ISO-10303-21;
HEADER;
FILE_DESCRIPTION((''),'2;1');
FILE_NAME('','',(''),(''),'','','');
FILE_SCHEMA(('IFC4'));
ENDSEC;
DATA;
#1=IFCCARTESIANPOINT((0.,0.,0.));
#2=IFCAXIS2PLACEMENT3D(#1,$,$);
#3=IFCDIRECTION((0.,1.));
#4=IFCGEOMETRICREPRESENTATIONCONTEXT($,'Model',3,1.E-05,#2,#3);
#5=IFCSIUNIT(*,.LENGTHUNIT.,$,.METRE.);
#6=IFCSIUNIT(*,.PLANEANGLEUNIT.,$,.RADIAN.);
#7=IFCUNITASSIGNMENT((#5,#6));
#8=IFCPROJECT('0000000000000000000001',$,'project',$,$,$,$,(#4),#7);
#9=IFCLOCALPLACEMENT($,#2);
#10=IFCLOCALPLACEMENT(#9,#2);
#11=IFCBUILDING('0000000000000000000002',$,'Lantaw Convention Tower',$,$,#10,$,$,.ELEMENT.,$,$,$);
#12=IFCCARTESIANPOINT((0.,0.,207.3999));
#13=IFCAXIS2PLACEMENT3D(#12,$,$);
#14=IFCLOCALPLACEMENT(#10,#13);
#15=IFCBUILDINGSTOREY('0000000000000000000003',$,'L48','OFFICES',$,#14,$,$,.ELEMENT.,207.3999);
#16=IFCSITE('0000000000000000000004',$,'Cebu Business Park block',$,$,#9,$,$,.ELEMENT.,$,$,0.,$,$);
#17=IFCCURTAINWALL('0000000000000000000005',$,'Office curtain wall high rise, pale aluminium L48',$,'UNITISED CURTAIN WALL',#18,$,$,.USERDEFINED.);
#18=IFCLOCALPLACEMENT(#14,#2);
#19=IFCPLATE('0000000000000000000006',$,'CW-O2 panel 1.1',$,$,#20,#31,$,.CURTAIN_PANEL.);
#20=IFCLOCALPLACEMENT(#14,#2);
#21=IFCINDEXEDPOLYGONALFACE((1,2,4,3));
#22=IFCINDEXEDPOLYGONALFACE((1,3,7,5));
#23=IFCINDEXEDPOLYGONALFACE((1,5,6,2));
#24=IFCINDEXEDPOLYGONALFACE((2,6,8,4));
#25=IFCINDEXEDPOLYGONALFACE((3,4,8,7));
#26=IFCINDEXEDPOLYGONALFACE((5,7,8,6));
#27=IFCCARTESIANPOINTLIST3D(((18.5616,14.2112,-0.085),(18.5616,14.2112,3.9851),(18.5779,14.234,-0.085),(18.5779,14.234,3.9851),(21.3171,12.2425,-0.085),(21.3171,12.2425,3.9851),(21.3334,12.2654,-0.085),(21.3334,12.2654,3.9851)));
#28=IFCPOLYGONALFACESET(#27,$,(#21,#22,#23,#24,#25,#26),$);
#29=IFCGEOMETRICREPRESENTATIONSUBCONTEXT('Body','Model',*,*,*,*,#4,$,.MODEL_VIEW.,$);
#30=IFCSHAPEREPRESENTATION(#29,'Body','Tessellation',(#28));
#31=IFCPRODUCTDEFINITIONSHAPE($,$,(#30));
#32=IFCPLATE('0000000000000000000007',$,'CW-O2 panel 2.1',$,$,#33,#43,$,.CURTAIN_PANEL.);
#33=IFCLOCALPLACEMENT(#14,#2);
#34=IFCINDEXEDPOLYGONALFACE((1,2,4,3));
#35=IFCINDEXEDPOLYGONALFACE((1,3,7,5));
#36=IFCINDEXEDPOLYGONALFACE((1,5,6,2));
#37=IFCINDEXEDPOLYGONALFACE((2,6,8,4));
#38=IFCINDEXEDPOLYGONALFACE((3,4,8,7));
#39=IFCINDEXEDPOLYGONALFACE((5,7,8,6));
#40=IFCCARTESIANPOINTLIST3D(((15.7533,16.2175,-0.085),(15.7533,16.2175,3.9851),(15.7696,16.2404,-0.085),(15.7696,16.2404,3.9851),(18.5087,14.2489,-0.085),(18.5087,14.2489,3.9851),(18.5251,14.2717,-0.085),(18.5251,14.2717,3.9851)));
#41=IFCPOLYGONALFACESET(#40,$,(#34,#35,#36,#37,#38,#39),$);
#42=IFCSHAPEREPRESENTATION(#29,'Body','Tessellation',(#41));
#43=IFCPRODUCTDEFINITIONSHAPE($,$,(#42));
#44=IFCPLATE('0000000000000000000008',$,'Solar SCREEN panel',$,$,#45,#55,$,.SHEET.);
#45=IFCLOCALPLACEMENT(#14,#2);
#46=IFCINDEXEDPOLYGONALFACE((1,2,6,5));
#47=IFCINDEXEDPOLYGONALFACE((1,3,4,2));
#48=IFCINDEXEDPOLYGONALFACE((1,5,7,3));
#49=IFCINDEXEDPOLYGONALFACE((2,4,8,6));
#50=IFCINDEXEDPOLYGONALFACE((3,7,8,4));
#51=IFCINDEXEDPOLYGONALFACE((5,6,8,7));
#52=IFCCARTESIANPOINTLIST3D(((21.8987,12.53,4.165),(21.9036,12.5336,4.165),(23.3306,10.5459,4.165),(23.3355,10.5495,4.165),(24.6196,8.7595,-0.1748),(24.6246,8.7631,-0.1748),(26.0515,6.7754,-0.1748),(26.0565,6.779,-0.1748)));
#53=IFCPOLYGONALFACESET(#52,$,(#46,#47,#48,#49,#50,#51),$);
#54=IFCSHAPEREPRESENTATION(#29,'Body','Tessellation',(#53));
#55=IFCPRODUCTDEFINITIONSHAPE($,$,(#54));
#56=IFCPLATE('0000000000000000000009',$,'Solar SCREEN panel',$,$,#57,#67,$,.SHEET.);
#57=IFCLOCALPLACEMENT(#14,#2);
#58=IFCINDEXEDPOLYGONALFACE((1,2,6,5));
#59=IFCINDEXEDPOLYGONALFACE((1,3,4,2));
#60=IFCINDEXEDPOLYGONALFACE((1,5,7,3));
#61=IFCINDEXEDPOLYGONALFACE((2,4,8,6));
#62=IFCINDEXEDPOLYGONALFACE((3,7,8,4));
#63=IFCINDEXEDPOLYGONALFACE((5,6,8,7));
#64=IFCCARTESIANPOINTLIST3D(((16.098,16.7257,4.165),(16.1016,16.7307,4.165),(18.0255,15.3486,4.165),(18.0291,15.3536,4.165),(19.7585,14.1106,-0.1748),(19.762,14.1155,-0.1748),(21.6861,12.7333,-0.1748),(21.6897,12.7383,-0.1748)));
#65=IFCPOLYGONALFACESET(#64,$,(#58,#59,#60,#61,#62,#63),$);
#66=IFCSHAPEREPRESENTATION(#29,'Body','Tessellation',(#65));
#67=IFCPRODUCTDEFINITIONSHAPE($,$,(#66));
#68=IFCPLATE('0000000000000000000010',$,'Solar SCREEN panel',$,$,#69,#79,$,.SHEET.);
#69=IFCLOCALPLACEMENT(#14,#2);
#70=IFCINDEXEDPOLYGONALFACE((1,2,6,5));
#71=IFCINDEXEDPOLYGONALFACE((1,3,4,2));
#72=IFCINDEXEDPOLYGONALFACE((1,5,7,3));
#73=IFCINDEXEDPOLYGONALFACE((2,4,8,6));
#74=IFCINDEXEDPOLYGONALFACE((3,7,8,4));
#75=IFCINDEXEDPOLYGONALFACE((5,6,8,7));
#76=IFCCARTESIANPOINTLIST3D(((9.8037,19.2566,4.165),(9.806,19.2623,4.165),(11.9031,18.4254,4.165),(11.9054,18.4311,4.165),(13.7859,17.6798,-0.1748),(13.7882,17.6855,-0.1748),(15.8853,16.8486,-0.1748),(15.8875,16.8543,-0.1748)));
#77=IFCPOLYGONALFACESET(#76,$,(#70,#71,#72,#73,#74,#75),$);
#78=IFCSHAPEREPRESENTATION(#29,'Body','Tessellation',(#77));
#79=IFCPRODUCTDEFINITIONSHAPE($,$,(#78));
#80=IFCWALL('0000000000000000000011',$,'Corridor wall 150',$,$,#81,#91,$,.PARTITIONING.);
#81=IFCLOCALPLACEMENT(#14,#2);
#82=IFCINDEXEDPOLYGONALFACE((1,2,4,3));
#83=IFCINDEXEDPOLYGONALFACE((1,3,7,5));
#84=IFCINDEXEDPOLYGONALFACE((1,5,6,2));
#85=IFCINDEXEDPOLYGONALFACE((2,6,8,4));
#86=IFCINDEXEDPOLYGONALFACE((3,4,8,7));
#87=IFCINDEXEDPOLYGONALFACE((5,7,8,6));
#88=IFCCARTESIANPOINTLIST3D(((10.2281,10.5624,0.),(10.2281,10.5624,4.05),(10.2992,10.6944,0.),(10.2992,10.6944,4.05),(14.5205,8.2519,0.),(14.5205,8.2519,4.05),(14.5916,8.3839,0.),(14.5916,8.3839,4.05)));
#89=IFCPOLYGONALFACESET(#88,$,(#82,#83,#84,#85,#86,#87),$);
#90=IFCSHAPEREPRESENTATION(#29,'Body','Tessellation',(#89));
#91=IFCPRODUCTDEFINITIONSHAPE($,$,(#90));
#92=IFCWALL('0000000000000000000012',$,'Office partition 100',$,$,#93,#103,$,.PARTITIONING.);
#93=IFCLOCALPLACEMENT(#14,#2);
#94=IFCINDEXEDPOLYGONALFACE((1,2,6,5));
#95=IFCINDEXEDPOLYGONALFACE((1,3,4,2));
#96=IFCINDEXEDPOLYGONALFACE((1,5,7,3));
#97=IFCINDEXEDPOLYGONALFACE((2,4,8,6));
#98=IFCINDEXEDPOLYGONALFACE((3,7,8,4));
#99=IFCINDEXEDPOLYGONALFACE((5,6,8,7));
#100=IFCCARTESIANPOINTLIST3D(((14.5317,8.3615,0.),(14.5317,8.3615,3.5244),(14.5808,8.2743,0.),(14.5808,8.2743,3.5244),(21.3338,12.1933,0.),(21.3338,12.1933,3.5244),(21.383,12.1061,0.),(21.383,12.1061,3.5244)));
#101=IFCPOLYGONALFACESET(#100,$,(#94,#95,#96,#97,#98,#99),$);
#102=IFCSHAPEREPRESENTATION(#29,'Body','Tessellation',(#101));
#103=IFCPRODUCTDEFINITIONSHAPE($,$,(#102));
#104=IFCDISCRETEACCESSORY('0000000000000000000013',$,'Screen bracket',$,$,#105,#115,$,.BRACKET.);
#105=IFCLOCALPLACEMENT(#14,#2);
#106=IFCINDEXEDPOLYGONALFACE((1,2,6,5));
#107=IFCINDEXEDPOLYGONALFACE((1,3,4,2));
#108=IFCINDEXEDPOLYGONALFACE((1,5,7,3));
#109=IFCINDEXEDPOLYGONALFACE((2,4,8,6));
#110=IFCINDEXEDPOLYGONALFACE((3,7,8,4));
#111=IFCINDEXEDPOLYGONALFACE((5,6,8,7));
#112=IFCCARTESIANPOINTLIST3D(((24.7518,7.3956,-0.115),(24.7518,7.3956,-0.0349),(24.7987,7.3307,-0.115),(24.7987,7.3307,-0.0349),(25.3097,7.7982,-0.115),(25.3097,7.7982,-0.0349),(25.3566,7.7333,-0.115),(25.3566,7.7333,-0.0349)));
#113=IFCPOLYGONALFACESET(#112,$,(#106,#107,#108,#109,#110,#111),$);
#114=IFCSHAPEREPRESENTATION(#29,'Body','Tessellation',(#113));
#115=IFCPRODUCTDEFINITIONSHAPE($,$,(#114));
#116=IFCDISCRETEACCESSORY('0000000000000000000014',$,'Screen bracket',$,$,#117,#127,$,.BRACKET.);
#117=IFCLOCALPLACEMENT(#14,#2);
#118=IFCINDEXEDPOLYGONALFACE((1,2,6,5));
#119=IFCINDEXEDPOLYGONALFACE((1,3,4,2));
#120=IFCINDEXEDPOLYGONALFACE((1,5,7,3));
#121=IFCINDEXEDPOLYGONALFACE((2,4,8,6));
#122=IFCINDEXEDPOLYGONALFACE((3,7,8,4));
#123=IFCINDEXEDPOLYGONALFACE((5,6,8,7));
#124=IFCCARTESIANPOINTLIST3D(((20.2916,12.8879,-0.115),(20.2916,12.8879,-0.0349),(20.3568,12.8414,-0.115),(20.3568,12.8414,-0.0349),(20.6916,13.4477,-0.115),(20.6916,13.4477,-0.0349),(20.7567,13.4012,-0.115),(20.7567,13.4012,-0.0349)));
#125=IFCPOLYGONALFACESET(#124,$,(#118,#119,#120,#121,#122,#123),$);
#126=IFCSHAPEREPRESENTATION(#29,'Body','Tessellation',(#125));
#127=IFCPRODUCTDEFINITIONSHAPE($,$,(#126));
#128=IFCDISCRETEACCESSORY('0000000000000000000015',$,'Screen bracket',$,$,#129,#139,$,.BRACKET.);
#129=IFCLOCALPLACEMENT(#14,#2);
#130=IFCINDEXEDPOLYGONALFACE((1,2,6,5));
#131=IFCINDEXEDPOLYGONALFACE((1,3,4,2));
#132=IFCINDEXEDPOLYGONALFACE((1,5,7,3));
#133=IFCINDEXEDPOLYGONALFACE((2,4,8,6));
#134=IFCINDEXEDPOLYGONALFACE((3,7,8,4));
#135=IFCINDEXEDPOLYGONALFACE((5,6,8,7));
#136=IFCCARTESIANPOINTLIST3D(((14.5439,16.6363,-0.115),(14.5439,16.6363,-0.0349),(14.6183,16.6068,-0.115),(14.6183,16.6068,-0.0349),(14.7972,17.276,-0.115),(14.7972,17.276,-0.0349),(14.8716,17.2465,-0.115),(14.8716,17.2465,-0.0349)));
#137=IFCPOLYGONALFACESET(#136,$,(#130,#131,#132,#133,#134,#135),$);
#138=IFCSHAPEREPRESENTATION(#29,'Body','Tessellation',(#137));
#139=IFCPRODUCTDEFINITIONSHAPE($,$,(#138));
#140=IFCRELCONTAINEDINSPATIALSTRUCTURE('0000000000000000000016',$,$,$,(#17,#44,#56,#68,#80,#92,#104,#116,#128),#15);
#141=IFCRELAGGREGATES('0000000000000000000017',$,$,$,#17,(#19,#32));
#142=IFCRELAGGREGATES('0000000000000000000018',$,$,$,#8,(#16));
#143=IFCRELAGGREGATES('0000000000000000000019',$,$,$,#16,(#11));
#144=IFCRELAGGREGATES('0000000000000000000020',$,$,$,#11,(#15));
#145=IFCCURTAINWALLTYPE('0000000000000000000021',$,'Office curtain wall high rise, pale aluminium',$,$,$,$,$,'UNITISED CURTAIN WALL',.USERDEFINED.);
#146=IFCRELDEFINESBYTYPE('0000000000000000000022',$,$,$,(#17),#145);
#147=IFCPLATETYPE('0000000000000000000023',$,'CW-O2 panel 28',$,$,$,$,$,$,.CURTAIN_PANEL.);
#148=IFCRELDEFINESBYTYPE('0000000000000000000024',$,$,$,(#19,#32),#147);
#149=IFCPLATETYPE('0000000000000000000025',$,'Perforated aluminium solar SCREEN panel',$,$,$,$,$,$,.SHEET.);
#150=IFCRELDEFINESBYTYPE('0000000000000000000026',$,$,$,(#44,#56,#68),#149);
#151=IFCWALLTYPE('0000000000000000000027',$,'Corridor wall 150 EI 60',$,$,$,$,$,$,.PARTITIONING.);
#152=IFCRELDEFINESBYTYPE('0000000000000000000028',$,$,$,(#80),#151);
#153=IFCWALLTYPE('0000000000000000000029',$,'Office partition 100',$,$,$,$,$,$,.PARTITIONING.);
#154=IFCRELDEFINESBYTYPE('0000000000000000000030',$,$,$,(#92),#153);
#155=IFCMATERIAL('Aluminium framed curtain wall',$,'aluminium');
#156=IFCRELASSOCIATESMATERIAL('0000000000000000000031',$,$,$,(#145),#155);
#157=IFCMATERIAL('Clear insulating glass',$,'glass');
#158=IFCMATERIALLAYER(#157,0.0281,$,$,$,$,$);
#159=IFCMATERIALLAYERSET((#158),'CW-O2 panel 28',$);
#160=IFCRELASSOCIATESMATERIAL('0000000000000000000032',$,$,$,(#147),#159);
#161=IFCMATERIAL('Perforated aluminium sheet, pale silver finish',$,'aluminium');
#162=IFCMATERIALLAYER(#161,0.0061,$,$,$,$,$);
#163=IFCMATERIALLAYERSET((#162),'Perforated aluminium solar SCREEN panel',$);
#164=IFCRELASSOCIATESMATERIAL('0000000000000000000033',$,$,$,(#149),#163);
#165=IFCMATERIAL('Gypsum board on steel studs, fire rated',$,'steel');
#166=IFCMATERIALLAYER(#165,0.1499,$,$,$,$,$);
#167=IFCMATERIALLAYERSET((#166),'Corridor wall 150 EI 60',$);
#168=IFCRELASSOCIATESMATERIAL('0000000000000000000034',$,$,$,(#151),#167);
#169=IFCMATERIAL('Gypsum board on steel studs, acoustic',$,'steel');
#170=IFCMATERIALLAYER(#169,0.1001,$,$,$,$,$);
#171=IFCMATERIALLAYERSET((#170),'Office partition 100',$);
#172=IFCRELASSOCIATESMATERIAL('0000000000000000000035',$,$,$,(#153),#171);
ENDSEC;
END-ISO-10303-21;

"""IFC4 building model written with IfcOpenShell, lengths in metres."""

from ifc_helpers import new_model, si_unit, direction, frame, frame_2d, origin, origin_2d, place, context, subcontext, project, spatial, polyline, rectangle, outline, extrude, material, layer, layer_set, type_object, element, aggregate, save


model = new_model("IFC4")

# Units and contexts
model_context = context("Model", 3, precision=1e-05, world=origin(), true_north=direction((0.0, 1.0)))
body_context = subcontext(model_context, "Body", "Model", "MODEL_VIEW")
ifc_project = project(units=[si_unit("LENGTHUNIT", "METRE"), si_unit("PLANEANGLEUNIT", "RADIAN")], contexts=[model_context])

# Site, building, storey
site_placement = place(None, origin())
site = spatial("IfcSite", under=ifc_project, at=site_placement, Name="Cebu Business Park block", CompositionType="ELEMENT", RefElevation=0.0)
building_placement = place(site_placement, origin())
building = spatial("IfcBuilding", under=site, at=building_placement, Name="Lantaw Convention Tower", CompositionType="ELEMENT")
storey_placement = place(building_placement, frame((0.0, 0.0, 207.3999)))
storey = spatial("IfcBuildingStorey", under=building, at=storey_placement, Name="L48", Description="OFFICES", CompositionType="ELEMENT", Elevation=207.3999)

# Curtain wall
ifc_material_1 = material(Name="Aluminium framed curtain wall", Category="aluminium")
curtain_wall_type = type_object("IfcCurtainWallType", Name="Office curtain wall high rise, pale aluminium", ElementType="UNITISED CURTAIN WALL", PredefinedType="USERDEFINED", material=ifc_material_1)
curtain_wall_1_placement = place(storey_placement, origin())
curtain_wall_1 = element("IfcCurtainWall", 1, at=curtain_wall_1_placement, inside=storey, type_object=curtain_wall_type, Name="Office curtain wall high rise, pale aluminium L48", ObjectType="UNITISED CURTAIN WALL", PredefinedType="USERDEFINED")

# Plates
ifc_material_2 = material(Name="Clear insulating glass", Category="glass")
ifc_layer_1 = layer(ifc_material_2, 0.0281)
ifc_layer_set_1 = layer_set([ifc_layer_1], Name="CW-O2 panel 28")
plate_type_1 = type_object("IfcPlateType", Name="CW-O2 panel 28", PredefinedType="CURTAIN_PANEL", material=ifc_layer_set_1)
plate_1_placement = place(storey_placement, frame((19.9475, 13.2383, -0.085), z_axis=(0.0, 0.0, 1.0), x_axis=(-0.813673, 0.581323, 0.0)))
plate_1 = element("IfcPlate", 2, at=plate_1_placement, type_object=plate_type_1, Name="CW-O2 panel 1.1", PredefinedType="CURTAIN_PANEL", context=body_context, shape_type="SweptSolid", body=[
    extrude(rectangle(XDim=3.3865, YDim=0.0281, at=origin_2d()), origin(), (0.0, 0.0, 1.0), 4.0701),
])
plate_2_placement = place(storey_placement, frame((17.1392, 15.2446, -0.085), z_axis=(0.0, 0.0, 1.0), x_axis=(-0.813673, 0.581323, 0.0)))
plate_2 = element("IfcPlate", 3, at=plate_2_placement, type_object=plate_type_1, Name="CW-O2 panel 2.1", PredefinedType="CURTAIN_PANEL", context=body_context, shape_type="SweptSolid", body=[
    extrude(rectangle(XDim=3.3865, YDim=0.0281, at=origin_2d()), origin(), (0.0, 0.0, 1.0), 4.0701),
])
aggregate(curtain_wall_1, [plate_1, plate_2])

# Plates
ifc_material_3 = material(Name="Perforated aluminium sheet, pale silver finish", Category="aluminium")
ifc_layer_2 = layer(ifc_material_3, 0.0061)
ifc_layer_set_2 = layer_set([ifc_layer_2], Name="Perforated aluminium solar SCREEN panel")
plate_type_2 = type_object("IfcPlateType", Name="Perforated aluminium solar SCREEN panel", PredefinedType="SHEET", material=ifc_layer_set_2)
plate_3_placement = place(storey_placement, frame((26.0515, 6.7754, -0.1748), z_axis=(-0.810892, -0.585195, 0.00002), x_axis=(-0.585195, 0.810892, 0.0)))
element("IfcPlate", 4, at=plate_3_placement, inside=storey, type_object=plate_type_2, Name="Solar SCREEN panel", PredefinedType="SHEET", context=body_context, shape_type="SweptSolid", body=[
    extrude(outline(polyline([(0.0, 0.0), (2.4468, 0.0), (7.0966, -4.3398), (4.6498, -4.3398), (0.0, 0.0)])), origin(), (0.0, 0.0, -1.0), 0.0061),
])
plate_4_placement = place(storey_placement, frame((21.6897, 12.7383, -0.1748), z_axis=(0.581331, 0.813667, 0.00001), x_axis=(-0.813667, 0.581331, 0.0)))
element("IfcPlate", 5, at=plate_4_placement, inside=storey, type_object=plate_type_2, Name="Solar SCREEN panel", PredefinedType="SHEET", context=body_context, shape_type="SweptSolid", body=[
    extrude(outline(polyline([(0.0, 0.0), (2.3691, 0.0), (6.8678, 4.3398), (4.4989, 4.3398), (0.0, 0.0)])), origin(), (0.0, 0.0, -1.0), 0.0061),
])
plate_5_placement = place(storey_placement, frame((15.8853, 16.8486, -0.1748), z_axis=(-0.368117, -0.92978, 0.000036), x_axis=(-0.92978, 0.368117, 0.0)))
element("IfcPlate", 6, at=plate_5_placement, inside=storey, type_object=plate_type_2, Name="Solar SCREEN panel", PredefinedType="SHEET", context=body_context, shape_type="SweptSolid", body=[
    extrude(outline(polyline([(0.0, 0.0), (2.2579, 0.0), (6.5409, -4.3398), (4.2829, -4.3398), (0.0, 0.0)])), origin(), (0.0, 0.0, -1.0), 0.0061),
])

# Walls
ifc_material_4 = material(Name="Gypsum board on steel studs, fire rated", Category="steel")
ifc_layer_3 = layer(ifc_material_4, 0.1499)
ifc_layer_set_3 = layer_set([ifc_layer_3], Name="Corridor wall 150 EI 60")
wall_type_1 = type_object("IfcWallType", Name="Corridor wall 150 EI 60", PredefinedType="PARTITIONING", material=ifc_layer_set_3)
wall_1_placement = place(storey_placement, frame((14.5562, 8.3179, 0.0), z_axis=(0.0, 0.0, 1.0), x_axis=(-0.880539, 0.473974, 0.0)))
element("IfcWall", 7, at=wall_1_placement, inside=storey, type_object=wall_type_1, Name="Corridor wall 150", PredefinedType="PARTITIONING", context=body_context, shape_type="SweptSolid", body=[
    extrude(rectangle(XDim=4.8748, YDim=0.1499, at=frame_2d((2.4375, 0.0))), origin(), (0.0, 0.0, 1.0), 4.05),
])
ifc_material_5 = material(Name="Gypsum board on steel studs, acoustic", Category="steel")
ifc_layer_4 = layer(ifc_material_5, 0.1001)
ifc_layer_set_4 = layer_set([ifc_layer_4], Name="Office partition 100")
wall_type_2 = type_object("IfcWallType", Name="Office partition 100", PredefinedType="PARTITIONING", material=ifc_layer_set_4)
wall_2_placement = place(storey_placement, frame((21.3584, 12.1497, 0.0), z_axis=(0.0, 0.0, 1.0), x_axis=(-0.871273, -0.490799, 0.0)))
element("IfcWall", 8, at=wall_2_placement, inside=storey, type_object=wall_type_2, Name="Office partition 100", PredefinedType="PARTITIONING", context=body_context, shape_type="SweptSolid", body=[
    extrude(rectangle(XDim=7.8071, YDim=0.1001, at=frame_2d((3.9036, 0.0))), origin(), (0.0, 0.0, 1.0), 3.5244),
])

# Discrete accessories
for number, where, z_axis, x_axis, name in (
    (9, (25.0542, 7.5645, -0.115), (0.0, 0.0, 1.0), (-0.585158, 0.81092, 0.0), "Screen bracket"),
    (10, (20.5242, 13.1445, -0.115), (0.0, 0.0, 1.0), (-0.813673, 0.581323, 0.0), "Screen bracket"),
    (11, (14.7078, 16.9414, -0.115), (0.0, 0.0, 1.0), (-0.929762, 0.368162, 0.0), "Screen bracket"),
):
    element("IfcDiscreteAccessory", number, at=place(storey_placement, frame(where, z_axis=z_axis, x_axis=x_axis)), inside=storey, Name=name, PredefinedType="BRACKET", context=body_context, shape_type="SweptSolid", body=[
        extrude(rectangle(XDim=0.0801, YDim=0.688, at=origin_2d()), origin(), (0.0, 0.0, 1.0), 0.0801),
    ])

save(model, "model.ifc")
